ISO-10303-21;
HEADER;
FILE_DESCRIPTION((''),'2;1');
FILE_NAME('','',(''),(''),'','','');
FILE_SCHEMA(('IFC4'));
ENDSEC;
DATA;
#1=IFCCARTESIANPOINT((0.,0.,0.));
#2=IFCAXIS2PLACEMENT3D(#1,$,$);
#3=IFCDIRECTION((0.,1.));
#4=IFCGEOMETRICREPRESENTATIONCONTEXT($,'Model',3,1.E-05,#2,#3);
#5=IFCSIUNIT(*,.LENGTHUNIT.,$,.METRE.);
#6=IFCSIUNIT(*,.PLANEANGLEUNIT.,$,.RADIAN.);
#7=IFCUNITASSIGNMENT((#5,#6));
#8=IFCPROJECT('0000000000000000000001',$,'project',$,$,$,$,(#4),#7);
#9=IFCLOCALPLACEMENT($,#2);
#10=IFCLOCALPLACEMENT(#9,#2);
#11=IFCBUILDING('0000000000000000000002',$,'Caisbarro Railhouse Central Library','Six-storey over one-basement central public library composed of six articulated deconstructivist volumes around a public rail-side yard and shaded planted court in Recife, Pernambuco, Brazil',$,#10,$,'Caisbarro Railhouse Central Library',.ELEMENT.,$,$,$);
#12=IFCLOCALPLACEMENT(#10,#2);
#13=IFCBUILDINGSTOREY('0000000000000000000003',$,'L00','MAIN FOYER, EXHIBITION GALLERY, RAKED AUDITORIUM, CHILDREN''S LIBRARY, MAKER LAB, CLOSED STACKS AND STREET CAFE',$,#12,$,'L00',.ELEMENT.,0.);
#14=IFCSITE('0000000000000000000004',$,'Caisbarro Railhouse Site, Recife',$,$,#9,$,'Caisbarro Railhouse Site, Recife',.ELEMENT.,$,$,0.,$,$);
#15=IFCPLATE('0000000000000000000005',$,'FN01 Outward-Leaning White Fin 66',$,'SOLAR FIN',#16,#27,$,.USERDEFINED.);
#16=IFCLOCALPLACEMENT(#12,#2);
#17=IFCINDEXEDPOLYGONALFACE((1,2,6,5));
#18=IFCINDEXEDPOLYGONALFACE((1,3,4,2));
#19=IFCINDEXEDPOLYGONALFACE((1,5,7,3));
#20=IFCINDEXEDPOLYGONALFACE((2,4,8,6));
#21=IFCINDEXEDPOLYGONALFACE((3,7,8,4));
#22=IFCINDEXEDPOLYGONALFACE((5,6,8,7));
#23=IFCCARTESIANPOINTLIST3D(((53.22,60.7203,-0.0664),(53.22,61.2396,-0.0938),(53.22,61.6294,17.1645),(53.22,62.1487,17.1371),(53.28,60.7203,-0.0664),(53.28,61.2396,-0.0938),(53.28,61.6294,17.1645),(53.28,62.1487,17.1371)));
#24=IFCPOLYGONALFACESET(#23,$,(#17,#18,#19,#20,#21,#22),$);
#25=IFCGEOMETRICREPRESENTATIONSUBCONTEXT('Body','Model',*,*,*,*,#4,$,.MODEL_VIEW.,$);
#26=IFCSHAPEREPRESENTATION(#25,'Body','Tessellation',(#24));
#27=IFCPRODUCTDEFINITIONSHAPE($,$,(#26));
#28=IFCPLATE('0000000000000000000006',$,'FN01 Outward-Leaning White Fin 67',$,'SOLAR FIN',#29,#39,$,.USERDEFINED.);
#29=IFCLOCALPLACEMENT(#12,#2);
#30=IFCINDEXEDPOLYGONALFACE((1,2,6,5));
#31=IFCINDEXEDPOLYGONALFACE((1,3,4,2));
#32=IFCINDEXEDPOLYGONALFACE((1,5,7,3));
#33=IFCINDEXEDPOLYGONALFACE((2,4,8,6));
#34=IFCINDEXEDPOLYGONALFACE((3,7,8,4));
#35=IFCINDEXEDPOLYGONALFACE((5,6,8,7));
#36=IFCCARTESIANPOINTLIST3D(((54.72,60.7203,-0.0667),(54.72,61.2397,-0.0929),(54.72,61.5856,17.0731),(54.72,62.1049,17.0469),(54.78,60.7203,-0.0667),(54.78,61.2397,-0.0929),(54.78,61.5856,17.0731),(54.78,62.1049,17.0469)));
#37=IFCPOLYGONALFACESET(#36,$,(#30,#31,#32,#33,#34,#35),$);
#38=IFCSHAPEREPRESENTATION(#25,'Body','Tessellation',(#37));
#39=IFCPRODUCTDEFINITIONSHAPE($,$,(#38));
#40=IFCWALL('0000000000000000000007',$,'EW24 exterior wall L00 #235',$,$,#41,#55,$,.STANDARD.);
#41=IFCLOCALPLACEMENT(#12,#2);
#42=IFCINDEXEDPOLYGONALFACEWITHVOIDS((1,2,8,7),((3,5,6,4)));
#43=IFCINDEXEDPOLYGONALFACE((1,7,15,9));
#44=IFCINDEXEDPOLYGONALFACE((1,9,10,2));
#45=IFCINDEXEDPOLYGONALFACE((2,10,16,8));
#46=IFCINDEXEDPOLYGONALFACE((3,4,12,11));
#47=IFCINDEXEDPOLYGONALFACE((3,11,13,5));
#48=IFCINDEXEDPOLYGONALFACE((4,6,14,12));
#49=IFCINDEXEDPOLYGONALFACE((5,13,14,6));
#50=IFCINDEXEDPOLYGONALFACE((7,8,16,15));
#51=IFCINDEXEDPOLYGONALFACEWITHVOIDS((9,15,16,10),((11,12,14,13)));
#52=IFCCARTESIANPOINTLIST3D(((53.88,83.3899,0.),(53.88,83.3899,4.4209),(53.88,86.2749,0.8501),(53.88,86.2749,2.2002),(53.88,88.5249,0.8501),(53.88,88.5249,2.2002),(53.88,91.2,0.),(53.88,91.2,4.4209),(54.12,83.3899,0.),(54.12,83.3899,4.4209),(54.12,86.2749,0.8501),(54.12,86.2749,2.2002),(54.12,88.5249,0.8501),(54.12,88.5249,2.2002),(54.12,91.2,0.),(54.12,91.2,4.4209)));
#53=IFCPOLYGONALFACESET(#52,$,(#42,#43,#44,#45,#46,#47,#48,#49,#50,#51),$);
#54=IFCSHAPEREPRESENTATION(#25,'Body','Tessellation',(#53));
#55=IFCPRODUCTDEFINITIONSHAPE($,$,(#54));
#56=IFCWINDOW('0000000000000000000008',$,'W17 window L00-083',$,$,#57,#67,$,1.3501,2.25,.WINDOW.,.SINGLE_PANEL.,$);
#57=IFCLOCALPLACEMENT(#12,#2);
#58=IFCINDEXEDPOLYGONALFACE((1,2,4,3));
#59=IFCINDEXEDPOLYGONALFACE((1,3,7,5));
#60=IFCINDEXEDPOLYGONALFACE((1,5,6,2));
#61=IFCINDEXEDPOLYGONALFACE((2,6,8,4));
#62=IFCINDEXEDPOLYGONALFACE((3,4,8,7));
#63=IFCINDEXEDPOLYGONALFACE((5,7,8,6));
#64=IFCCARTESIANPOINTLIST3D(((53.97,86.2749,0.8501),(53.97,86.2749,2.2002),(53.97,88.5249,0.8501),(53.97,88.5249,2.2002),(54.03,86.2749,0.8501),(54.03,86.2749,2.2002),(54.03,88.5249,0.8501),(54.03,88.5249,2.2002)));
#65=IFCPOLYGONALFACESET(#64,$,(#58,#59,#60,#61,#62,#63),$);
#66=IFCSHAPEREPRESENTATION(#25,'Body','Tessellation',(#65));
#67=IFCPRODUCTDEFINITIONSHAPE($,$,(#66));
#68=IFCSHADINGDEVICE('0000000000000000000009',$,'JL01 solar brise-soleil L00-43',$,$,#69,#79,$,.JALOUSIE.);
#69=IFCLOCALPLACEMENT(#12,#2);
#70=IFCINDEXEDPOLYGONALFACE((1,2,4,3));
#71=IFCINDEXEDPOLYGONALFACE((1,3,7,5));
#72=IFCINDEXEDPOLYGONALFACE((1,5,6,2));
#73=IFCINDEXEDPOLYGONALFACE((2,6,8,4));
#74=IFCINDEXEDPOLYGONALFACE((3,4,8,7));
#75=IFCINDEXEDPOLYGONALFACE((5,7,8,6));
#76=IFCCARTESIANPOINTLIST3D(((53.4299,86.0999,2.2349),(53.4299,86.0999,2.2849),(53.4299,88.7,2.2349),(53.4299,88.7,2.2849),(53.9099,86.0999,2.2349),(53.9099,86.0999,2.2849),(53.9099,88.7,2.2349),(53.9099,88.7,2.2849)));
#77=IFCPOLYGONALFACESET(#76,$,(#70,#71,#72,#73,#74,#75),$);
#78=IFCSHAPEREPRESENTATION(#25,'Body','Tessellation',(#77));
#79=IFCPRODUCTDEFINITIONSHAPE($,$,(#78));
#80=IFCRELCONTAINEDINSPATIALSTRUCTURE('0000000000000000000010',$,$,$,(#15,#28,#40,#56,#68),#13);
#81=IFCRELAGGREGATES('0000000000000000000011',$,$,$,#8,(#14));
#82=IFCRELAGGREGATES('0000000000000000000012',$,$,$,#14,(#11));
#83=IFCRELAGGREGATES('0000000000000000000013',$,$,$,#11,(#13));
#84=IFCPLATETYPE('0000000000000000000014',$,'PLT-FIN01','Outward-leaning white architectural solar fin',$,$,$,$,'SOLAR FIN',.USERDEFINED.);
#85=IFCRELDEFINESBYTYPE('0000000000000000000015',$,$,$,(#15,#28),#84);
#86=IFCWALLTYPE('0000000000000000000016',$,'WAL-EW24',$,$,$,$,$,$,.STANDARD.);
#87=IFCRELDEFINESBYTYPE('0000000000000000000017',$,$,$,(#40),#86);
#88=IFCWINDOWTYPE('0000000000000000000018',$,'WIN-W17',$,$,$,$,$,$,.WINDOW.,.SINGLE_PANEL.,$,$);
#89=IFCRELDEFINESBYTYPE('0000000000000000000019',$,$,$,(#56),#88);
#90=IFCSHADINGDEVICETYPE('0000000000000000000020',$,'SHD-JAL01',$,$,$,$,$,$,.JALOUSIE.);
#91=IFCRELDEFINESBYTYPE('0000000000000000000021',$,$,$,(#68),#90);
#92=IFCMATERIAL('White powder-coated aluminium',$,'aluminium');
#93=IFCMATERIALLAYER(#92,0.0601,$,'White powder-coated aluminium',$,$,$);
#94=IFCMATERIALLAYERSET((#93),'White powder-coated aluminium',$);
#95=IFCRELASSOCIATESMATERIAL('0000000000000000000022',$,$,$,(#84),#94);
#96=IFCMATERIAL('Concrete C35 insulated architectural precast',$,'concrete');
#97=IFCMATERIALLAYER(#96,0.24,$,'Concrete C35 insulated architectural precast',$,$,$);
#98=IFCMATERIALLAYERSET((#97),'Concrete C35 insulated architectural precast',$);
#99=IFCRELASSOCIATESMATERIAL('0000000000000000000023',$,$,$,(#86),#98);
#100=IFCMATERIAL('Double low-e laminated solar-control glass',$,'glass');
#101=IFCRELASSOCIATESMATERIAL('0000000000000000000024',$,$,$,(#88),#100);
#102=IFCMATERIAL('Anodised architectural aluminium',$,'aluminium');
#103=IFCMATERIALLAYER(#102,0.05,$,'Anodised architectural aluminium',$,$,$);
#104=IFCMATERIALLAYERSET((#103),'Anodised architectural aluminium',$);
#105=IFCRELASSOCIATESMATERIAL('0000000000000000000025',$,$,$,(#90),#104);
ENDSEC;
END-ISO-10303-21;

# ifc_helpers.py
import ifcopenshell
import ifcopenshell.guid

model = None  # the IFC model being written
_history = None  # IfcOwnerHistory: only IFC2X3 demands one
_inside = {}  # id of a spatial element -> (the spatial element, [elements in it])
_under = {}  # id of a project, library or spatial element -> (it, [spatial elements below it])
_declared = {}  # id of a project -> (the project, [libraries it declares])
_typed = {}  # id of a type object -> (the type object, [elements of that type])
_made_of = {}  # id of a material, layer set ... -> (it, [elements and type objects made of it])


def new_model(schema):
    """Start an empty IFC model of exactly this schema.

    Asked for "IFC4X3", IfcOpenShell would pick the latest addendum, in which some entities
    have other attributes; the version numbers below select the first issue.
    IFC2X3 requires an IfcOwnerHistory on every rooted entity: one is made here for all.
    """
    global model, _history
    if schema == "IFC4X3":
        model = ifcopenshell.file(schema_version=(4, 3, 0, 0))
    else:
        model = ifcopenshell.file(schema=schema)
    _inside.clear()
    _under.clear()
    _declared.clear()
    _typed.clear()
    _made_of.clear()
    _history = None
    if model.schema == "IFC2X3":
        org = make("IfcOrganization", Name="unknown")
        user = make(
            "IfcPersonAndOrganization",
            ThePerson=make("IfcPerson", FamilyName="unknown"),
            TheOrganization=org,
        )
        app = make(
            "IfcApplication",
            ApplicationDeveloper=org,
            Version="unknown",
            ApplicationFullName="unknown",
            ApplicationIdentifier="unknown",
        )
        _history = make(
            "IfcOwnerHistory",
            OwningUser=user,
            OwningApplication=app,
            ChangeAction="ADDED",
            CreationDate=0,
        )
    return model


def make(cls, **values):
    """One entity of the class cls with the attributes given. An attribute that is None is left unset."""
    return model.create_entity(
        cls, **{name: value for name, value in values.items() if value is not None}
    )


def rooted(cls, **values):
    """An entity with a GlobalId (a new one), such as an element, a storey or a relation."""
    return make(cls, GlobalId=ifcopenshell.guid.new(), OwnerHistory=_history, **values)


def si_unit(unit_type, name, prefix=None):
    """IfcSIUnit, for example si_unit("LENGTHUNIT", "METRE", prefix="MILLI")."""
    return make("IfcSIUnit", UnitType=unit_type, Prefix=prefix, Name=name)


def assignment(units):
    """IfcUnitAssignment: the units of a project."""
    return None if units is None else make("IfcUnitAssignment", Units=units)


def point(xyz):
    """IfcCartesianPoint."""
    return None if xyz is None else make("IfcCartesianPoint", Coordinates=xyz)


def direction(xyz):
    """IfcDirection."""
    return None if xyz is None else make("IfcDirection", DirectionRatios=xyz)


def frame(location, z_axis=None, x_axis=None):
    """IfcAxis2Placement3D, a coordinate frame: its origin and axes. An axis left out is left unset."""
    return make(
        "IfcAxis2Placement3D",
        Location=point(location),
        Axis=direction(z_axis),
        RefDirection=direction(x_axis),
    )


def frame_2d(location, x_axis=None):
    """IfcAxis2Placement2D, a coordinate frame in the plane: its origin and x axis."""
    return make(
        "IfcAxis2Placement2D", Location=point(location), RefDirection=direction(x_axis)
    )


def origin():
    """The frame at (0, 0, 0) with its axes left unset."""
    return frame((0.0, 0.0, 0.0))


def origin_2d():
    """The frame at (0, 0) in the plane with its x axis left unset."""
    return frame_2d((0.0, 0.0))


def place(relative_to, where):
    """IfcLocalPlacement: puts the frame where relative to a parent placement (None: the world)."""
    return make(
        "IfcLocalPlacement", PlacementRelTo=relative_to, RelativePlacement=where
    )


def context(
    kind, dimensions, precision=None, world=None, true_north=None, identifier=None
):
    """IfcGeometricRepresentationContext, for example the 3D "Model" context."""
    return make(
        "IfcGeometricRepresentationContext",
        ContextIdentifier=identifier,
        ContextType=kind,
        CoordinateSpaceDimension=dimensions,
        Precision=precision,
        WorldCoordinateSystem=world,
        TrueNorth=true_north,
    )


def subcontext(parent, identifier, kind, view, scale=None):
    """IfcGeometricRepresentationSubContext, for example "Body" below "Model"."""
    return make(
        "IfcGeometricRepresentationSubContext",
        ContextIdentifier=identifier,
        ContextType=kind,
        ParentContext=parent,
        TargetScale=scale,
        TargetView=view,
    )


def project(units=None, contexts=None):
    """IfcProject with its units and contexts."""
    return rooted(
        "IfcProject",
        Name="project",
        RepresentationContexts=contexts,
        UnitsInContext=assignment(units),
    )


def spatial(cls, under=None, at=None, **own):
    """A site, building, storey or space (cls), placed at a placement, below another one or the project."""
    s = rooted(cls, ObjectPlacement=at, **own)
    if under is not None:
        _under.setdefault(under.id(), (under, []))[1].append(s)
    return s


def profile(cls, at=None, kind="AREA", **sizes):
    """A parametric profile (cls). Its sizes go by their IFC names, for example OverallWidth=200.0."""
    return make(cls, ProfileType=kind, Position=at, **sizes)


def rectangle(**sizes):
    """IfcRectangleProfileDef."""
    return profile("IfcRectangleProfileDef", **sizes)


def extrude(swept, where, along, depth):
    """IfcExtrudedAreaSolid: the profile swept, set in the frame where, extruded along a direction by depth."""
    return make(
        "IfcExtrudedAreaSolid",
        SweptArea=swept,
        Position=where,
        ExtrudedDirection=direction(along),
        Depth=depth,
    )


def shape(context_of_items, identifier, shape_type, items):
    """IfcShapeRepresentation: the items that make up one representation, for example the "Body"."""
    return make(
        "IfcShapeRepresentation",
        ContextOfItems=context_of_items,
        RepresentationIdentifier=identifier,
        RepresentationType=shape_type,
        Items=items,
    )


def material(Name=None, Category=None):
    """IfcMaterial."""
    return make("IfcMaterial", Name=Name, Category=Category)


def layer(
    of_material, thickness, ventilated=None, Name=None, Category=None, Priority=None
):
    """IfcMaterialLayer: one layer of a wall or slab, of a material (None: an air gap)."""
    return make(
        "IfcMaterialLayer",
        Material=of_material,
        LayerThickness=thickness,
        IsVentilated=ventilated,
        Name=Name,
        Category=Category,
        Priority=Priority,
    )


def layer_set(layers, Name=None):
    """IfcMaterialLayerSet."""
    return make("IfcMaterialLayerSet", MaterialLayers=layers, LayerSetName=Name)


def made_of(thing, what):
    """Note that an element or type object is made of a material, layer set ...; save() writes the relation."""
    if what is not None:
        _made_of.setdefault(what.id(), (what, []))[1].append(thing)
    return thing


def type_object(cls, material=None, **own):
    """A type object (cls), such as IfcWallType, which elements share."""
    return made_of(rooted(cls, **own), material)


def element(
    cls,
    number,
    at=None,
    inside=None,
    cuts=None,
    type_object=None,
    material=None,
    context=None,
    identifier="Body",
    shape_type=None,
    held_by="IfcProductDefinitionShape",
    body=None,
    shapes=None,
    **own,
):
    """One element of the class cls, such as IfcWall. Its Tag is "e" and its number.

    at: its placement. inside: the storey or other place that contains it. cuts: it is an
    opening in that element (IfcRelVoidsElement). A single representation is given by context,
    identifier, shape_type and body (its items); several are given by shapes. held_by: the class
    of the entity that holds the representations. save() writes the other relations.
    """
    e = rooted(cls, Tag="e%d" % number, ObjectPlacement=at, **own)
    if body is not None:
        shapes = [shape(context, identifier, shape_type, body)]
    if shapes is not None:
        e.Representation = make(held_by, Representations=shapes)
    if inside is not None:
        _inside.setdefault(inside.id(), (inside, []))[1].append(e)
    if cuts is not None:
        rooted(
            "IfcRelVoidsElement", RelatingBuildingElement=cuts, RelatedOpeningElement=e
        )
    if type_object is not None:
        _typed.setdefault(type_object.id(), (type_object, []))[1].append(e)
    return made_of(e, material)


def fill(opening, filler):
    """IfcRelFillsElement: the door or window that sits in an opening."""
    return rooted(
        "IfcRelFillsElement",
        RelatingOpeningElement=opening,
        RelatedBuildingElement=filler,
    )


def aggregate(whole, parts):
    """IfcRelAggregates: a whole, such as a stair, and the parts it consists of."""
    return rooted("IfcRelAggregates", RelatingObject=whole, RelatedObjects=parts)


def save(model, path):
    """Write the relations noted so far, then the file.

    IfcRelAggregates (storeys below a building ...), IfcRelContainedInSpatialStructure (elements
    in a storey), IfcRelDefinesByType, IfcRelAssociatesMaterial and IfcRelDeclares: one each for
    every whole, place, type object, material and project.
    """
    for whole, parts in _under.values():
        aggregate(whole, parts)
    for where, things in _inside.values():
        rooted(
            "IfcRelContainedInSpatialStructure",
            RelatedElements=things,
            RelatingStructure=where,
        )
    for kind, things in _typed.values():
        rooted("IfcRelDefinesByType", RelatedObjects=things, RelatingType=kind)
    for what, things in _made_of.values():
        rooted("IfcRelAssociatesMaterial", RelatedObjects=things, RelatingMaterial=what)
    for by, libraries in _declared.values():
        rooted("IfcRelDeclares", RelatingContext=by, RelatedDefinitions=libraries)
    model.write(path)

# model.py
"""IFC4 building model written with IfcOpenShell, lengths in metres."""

from ifc_helpers import new_model, si_unit, direction, frame, frame_2d, origin, origin_2d, place, context, subcontext, project, spatial, rectangle, extrude, material, layer, layer_set, type_object, element, fill, save


model = new_model("IFC4")

# Units and contexts
model_context = context("Model", 3, precision=1e-05, world=origin(), true_north=direction((0.0, 1.0)))
body_context = subcontext(model_context, "Body", "Model", "MODEL_VIEW")
ifc_project = project(units=[si_unit("LENGTHUNIT", "METRE"), si_unit("PLANEANGLEUNIT", "RADIAN")], contexts=[model_context])

# Site, building, storey
site_placement = place(None, origin())
site = spatial("IfcSite", under=ifc_project, at=site_placement, Name="Caisbarro Railhouse Site, Recife", LongName="Caisbarro Railhouse Site, Recife", CompositionType="ELEMENT", RefElevation=0.0)
building_placement = place(site_placement, origin())
building = spatial("IfcBuilding", under=site, at=building_placement, Name="Caisbarro Railhouse Central Library", Description="Six-storey over one-basement central public library composed of six articulated deconstructivist volumes around a public rail-side yard and shaded planted court in Recife, Pernambuco, Brazil", LongName="Caisbarro Railhouse Central Library", CompositionType="ELEMENT")
storey_placement = place(building_placement, origin())
storey = spatial("IfcBuildingStorey", under=building, at=storey_placement, Name="L00", Description="MAIN FOYER, EXHIBITION GALLERY, RAKED AUDITORIUM, CHILDREN'S LIBRARY, MAKER LAB, CLOSED STACKS AND STREET CAFE", LongName="L00", CompositionType="ELEMENT", Elevation=0.0)

# Shared definitions
ifc_material_1 = material(Name="Anodised architectural aluminium", Category="aluminium")

# Shared definitions
ifc_material_2 = material(Name="Double low-e laminated solar-control glass", Category="glass")

# Plates
ifc_material_3 = material(Name="White powder-coated aluminium", Category="aluminium")
ifc_layer_1 = layer(ifc_material_3, 0.0601, Name="White powder-coated aluminium")
ifc_layer_set_1 = layer_set([ifc_layer_1], Name="White powder-coated aluminium")
plate_type_1 = type_object("IfcPlateType", Name="PLT-FIN01", Description="Outward-leaning white architectural solar fin", ElementType="SOLAR FIN", PredefinedType="USERDEFINED", material=ifc_layer_set_1)
plate_1_placement = place(storey_placement, frame((53.25, 60.98, -0.0801), z_axis=(0.0, 0.052685, 0.998611), x_axis=(1.0, 0.0, 0.0)))
element("IfcPlate", 1, at=plate_1_placement, inside=storey, type_object=plate_type_1, Name="FN01 Outward-Leaning White Fin 66", ObjectType="SOLAR FIN", PredefinedType="USERDEFINED", context=body_context, shape_type="SweptSolid", body=[
    extrude(rectangle(XDim=0.0601, YDim=0.52, at=origin_2d()), origin(), (0.0, 0.0, 1.0), 17.2549),
])
plate_2_placement = place(storey_placement, frame((54.75, 60.98, -0.0798), z_axis=(0.0, 0.050419, 0.998728), x_axis=(1.0, 0.0, 0.0)))
element("IfcPlate", 2, at=plate_2_placement, inside=storey, type_object=plate_type_1, Name="FN01 Outward-Leaning White Fin 67", ObjectType="SOLAR FIN", PredefinedType="USERDEFINED", context=body_context, shape_type="SweptSolid", body=[
    extrude(rectangle(XDim=0.0601, YDim=0.52, at=origin_2d()), origin(), (0.0, 0.0, 1.0), 17.1616),
])

# Wall, opening, window
ifc_material_4 = material(Name="Concrete C35 insulated architectural precast", Category="concrete")
ifc_layer_2 = layer(ifc_material_4, 0.24, Name="Concrete C35 insulated architectural precast")
ifc_layer_set_2 = layer_set([ifc_layer_2], Name="Concrete C35 insulated architectural precast")
wall_type = type_object("IfcWallType", Name="WAL-EW24", PredefinedType="STANDARD", material=ifc_layer_set_2)
wall_placement = place(storey_placement, frame((54.0, 83.3899, 0.0), z_axis=(0.0, 0.0, 1.0), x_axis=(0.0, 1.0, 0.0)))
wall = element("IfcWall", 3, at=wall_placement, inside=storey, type_object=wall_type, Name="EW24 exterior wall L00 #235", PredefinedType="STANDARD", context=body_context, shape_type="SweptSolid", body=[
    extrude(rectangle(XDim=7.8101, YDim=0.24, at=frame_2d((3.905, 0.0))), origin(), (0.0, 0.0, 1.0), 4.4209),
])
opening_placement = place(wall_placement, frame((2.885, 0.0, 0.8501)))
opening = element("IfcOpeningElement", 4, at=opening_placement, cuts=wall, PredefinedType="OPENING", context=body_context, shape_type="SweptSolid", body=[
    extrude(rectangle(XDim=2.25, YDim=1.3501, at=frame_2d((1.125, 0.675))), frame((0.0, 0.1299, 0.0), z_axis=(0.0, -1.0, 0.0), x_axis=(1.0, 0.0, 0.0)), (0.0, 0.0, 1.0), 0.26),
])
window_type = type_object("IfcWindowType", Name="WIN-W17", PartitioningType="SINGLE_PANEL", PredefinedType="WINDOW", material=ifc_material_2)
window_placement = place(opening_placement, origin())
window = element("IfcWindow", 5, at=window_placement, inside=storey, type_object=window_type, Name="W17 window L00-083", OverallHeight=1.3501, OverallWidth=2.25, PartitioningType="SINGLE_PANEL", PredefinedType="WINDOW", context=body_context, shape_type="SweptSolid", body=[
    extrude(rectangle(XDim=2.25, YDim=1.3501, at=frame_2d((1.125, 0.675))), frame((0.0, 0.03, 0.0), z_axis=(0.0, -1.0, 0.0), x_axis=(1.0, 0.0, 0.0)), (0.0, 0.0, 1.0), 0.0601),
])
fill(opening, window)

# Shading device
ifc_layer_3 = layer(ifc_material_1, 0.05, Name="Anodised architectural aluminium")
ifc_layer_set_3 = layer_set([ifc_layer_3], Name="Anodised architectural aluminium")
shading_device_type = type_object("IfcShadingDeviceType", Name="SHD-JAL01", PredefinedType="JALOUSIE", material=ifc_layer_set_3)
shading_device_placement = place(storey_placement, frame((53.6699, 87.3999, 2.2349), z_axis=(0.0, 0.0, 1.0), x_axis=(0.0, 1.0, 0.0)))
element("IfcShadingDevice", 6, at=shading_device_placement, inside=storey, type_object=shading_device_type, Name="JL01 solar brise-soleil L00-43", PredefinedType="JALOUSIE", context=body_context, shape_type="SweptSolid", body=[
    extrude(rectangle(XDim=2.6001, YDim=0.48, at=origin_2d()), origin(), (0.0, 0.0, 1.0), 0.05),
])

save(model, "model.ifc")
